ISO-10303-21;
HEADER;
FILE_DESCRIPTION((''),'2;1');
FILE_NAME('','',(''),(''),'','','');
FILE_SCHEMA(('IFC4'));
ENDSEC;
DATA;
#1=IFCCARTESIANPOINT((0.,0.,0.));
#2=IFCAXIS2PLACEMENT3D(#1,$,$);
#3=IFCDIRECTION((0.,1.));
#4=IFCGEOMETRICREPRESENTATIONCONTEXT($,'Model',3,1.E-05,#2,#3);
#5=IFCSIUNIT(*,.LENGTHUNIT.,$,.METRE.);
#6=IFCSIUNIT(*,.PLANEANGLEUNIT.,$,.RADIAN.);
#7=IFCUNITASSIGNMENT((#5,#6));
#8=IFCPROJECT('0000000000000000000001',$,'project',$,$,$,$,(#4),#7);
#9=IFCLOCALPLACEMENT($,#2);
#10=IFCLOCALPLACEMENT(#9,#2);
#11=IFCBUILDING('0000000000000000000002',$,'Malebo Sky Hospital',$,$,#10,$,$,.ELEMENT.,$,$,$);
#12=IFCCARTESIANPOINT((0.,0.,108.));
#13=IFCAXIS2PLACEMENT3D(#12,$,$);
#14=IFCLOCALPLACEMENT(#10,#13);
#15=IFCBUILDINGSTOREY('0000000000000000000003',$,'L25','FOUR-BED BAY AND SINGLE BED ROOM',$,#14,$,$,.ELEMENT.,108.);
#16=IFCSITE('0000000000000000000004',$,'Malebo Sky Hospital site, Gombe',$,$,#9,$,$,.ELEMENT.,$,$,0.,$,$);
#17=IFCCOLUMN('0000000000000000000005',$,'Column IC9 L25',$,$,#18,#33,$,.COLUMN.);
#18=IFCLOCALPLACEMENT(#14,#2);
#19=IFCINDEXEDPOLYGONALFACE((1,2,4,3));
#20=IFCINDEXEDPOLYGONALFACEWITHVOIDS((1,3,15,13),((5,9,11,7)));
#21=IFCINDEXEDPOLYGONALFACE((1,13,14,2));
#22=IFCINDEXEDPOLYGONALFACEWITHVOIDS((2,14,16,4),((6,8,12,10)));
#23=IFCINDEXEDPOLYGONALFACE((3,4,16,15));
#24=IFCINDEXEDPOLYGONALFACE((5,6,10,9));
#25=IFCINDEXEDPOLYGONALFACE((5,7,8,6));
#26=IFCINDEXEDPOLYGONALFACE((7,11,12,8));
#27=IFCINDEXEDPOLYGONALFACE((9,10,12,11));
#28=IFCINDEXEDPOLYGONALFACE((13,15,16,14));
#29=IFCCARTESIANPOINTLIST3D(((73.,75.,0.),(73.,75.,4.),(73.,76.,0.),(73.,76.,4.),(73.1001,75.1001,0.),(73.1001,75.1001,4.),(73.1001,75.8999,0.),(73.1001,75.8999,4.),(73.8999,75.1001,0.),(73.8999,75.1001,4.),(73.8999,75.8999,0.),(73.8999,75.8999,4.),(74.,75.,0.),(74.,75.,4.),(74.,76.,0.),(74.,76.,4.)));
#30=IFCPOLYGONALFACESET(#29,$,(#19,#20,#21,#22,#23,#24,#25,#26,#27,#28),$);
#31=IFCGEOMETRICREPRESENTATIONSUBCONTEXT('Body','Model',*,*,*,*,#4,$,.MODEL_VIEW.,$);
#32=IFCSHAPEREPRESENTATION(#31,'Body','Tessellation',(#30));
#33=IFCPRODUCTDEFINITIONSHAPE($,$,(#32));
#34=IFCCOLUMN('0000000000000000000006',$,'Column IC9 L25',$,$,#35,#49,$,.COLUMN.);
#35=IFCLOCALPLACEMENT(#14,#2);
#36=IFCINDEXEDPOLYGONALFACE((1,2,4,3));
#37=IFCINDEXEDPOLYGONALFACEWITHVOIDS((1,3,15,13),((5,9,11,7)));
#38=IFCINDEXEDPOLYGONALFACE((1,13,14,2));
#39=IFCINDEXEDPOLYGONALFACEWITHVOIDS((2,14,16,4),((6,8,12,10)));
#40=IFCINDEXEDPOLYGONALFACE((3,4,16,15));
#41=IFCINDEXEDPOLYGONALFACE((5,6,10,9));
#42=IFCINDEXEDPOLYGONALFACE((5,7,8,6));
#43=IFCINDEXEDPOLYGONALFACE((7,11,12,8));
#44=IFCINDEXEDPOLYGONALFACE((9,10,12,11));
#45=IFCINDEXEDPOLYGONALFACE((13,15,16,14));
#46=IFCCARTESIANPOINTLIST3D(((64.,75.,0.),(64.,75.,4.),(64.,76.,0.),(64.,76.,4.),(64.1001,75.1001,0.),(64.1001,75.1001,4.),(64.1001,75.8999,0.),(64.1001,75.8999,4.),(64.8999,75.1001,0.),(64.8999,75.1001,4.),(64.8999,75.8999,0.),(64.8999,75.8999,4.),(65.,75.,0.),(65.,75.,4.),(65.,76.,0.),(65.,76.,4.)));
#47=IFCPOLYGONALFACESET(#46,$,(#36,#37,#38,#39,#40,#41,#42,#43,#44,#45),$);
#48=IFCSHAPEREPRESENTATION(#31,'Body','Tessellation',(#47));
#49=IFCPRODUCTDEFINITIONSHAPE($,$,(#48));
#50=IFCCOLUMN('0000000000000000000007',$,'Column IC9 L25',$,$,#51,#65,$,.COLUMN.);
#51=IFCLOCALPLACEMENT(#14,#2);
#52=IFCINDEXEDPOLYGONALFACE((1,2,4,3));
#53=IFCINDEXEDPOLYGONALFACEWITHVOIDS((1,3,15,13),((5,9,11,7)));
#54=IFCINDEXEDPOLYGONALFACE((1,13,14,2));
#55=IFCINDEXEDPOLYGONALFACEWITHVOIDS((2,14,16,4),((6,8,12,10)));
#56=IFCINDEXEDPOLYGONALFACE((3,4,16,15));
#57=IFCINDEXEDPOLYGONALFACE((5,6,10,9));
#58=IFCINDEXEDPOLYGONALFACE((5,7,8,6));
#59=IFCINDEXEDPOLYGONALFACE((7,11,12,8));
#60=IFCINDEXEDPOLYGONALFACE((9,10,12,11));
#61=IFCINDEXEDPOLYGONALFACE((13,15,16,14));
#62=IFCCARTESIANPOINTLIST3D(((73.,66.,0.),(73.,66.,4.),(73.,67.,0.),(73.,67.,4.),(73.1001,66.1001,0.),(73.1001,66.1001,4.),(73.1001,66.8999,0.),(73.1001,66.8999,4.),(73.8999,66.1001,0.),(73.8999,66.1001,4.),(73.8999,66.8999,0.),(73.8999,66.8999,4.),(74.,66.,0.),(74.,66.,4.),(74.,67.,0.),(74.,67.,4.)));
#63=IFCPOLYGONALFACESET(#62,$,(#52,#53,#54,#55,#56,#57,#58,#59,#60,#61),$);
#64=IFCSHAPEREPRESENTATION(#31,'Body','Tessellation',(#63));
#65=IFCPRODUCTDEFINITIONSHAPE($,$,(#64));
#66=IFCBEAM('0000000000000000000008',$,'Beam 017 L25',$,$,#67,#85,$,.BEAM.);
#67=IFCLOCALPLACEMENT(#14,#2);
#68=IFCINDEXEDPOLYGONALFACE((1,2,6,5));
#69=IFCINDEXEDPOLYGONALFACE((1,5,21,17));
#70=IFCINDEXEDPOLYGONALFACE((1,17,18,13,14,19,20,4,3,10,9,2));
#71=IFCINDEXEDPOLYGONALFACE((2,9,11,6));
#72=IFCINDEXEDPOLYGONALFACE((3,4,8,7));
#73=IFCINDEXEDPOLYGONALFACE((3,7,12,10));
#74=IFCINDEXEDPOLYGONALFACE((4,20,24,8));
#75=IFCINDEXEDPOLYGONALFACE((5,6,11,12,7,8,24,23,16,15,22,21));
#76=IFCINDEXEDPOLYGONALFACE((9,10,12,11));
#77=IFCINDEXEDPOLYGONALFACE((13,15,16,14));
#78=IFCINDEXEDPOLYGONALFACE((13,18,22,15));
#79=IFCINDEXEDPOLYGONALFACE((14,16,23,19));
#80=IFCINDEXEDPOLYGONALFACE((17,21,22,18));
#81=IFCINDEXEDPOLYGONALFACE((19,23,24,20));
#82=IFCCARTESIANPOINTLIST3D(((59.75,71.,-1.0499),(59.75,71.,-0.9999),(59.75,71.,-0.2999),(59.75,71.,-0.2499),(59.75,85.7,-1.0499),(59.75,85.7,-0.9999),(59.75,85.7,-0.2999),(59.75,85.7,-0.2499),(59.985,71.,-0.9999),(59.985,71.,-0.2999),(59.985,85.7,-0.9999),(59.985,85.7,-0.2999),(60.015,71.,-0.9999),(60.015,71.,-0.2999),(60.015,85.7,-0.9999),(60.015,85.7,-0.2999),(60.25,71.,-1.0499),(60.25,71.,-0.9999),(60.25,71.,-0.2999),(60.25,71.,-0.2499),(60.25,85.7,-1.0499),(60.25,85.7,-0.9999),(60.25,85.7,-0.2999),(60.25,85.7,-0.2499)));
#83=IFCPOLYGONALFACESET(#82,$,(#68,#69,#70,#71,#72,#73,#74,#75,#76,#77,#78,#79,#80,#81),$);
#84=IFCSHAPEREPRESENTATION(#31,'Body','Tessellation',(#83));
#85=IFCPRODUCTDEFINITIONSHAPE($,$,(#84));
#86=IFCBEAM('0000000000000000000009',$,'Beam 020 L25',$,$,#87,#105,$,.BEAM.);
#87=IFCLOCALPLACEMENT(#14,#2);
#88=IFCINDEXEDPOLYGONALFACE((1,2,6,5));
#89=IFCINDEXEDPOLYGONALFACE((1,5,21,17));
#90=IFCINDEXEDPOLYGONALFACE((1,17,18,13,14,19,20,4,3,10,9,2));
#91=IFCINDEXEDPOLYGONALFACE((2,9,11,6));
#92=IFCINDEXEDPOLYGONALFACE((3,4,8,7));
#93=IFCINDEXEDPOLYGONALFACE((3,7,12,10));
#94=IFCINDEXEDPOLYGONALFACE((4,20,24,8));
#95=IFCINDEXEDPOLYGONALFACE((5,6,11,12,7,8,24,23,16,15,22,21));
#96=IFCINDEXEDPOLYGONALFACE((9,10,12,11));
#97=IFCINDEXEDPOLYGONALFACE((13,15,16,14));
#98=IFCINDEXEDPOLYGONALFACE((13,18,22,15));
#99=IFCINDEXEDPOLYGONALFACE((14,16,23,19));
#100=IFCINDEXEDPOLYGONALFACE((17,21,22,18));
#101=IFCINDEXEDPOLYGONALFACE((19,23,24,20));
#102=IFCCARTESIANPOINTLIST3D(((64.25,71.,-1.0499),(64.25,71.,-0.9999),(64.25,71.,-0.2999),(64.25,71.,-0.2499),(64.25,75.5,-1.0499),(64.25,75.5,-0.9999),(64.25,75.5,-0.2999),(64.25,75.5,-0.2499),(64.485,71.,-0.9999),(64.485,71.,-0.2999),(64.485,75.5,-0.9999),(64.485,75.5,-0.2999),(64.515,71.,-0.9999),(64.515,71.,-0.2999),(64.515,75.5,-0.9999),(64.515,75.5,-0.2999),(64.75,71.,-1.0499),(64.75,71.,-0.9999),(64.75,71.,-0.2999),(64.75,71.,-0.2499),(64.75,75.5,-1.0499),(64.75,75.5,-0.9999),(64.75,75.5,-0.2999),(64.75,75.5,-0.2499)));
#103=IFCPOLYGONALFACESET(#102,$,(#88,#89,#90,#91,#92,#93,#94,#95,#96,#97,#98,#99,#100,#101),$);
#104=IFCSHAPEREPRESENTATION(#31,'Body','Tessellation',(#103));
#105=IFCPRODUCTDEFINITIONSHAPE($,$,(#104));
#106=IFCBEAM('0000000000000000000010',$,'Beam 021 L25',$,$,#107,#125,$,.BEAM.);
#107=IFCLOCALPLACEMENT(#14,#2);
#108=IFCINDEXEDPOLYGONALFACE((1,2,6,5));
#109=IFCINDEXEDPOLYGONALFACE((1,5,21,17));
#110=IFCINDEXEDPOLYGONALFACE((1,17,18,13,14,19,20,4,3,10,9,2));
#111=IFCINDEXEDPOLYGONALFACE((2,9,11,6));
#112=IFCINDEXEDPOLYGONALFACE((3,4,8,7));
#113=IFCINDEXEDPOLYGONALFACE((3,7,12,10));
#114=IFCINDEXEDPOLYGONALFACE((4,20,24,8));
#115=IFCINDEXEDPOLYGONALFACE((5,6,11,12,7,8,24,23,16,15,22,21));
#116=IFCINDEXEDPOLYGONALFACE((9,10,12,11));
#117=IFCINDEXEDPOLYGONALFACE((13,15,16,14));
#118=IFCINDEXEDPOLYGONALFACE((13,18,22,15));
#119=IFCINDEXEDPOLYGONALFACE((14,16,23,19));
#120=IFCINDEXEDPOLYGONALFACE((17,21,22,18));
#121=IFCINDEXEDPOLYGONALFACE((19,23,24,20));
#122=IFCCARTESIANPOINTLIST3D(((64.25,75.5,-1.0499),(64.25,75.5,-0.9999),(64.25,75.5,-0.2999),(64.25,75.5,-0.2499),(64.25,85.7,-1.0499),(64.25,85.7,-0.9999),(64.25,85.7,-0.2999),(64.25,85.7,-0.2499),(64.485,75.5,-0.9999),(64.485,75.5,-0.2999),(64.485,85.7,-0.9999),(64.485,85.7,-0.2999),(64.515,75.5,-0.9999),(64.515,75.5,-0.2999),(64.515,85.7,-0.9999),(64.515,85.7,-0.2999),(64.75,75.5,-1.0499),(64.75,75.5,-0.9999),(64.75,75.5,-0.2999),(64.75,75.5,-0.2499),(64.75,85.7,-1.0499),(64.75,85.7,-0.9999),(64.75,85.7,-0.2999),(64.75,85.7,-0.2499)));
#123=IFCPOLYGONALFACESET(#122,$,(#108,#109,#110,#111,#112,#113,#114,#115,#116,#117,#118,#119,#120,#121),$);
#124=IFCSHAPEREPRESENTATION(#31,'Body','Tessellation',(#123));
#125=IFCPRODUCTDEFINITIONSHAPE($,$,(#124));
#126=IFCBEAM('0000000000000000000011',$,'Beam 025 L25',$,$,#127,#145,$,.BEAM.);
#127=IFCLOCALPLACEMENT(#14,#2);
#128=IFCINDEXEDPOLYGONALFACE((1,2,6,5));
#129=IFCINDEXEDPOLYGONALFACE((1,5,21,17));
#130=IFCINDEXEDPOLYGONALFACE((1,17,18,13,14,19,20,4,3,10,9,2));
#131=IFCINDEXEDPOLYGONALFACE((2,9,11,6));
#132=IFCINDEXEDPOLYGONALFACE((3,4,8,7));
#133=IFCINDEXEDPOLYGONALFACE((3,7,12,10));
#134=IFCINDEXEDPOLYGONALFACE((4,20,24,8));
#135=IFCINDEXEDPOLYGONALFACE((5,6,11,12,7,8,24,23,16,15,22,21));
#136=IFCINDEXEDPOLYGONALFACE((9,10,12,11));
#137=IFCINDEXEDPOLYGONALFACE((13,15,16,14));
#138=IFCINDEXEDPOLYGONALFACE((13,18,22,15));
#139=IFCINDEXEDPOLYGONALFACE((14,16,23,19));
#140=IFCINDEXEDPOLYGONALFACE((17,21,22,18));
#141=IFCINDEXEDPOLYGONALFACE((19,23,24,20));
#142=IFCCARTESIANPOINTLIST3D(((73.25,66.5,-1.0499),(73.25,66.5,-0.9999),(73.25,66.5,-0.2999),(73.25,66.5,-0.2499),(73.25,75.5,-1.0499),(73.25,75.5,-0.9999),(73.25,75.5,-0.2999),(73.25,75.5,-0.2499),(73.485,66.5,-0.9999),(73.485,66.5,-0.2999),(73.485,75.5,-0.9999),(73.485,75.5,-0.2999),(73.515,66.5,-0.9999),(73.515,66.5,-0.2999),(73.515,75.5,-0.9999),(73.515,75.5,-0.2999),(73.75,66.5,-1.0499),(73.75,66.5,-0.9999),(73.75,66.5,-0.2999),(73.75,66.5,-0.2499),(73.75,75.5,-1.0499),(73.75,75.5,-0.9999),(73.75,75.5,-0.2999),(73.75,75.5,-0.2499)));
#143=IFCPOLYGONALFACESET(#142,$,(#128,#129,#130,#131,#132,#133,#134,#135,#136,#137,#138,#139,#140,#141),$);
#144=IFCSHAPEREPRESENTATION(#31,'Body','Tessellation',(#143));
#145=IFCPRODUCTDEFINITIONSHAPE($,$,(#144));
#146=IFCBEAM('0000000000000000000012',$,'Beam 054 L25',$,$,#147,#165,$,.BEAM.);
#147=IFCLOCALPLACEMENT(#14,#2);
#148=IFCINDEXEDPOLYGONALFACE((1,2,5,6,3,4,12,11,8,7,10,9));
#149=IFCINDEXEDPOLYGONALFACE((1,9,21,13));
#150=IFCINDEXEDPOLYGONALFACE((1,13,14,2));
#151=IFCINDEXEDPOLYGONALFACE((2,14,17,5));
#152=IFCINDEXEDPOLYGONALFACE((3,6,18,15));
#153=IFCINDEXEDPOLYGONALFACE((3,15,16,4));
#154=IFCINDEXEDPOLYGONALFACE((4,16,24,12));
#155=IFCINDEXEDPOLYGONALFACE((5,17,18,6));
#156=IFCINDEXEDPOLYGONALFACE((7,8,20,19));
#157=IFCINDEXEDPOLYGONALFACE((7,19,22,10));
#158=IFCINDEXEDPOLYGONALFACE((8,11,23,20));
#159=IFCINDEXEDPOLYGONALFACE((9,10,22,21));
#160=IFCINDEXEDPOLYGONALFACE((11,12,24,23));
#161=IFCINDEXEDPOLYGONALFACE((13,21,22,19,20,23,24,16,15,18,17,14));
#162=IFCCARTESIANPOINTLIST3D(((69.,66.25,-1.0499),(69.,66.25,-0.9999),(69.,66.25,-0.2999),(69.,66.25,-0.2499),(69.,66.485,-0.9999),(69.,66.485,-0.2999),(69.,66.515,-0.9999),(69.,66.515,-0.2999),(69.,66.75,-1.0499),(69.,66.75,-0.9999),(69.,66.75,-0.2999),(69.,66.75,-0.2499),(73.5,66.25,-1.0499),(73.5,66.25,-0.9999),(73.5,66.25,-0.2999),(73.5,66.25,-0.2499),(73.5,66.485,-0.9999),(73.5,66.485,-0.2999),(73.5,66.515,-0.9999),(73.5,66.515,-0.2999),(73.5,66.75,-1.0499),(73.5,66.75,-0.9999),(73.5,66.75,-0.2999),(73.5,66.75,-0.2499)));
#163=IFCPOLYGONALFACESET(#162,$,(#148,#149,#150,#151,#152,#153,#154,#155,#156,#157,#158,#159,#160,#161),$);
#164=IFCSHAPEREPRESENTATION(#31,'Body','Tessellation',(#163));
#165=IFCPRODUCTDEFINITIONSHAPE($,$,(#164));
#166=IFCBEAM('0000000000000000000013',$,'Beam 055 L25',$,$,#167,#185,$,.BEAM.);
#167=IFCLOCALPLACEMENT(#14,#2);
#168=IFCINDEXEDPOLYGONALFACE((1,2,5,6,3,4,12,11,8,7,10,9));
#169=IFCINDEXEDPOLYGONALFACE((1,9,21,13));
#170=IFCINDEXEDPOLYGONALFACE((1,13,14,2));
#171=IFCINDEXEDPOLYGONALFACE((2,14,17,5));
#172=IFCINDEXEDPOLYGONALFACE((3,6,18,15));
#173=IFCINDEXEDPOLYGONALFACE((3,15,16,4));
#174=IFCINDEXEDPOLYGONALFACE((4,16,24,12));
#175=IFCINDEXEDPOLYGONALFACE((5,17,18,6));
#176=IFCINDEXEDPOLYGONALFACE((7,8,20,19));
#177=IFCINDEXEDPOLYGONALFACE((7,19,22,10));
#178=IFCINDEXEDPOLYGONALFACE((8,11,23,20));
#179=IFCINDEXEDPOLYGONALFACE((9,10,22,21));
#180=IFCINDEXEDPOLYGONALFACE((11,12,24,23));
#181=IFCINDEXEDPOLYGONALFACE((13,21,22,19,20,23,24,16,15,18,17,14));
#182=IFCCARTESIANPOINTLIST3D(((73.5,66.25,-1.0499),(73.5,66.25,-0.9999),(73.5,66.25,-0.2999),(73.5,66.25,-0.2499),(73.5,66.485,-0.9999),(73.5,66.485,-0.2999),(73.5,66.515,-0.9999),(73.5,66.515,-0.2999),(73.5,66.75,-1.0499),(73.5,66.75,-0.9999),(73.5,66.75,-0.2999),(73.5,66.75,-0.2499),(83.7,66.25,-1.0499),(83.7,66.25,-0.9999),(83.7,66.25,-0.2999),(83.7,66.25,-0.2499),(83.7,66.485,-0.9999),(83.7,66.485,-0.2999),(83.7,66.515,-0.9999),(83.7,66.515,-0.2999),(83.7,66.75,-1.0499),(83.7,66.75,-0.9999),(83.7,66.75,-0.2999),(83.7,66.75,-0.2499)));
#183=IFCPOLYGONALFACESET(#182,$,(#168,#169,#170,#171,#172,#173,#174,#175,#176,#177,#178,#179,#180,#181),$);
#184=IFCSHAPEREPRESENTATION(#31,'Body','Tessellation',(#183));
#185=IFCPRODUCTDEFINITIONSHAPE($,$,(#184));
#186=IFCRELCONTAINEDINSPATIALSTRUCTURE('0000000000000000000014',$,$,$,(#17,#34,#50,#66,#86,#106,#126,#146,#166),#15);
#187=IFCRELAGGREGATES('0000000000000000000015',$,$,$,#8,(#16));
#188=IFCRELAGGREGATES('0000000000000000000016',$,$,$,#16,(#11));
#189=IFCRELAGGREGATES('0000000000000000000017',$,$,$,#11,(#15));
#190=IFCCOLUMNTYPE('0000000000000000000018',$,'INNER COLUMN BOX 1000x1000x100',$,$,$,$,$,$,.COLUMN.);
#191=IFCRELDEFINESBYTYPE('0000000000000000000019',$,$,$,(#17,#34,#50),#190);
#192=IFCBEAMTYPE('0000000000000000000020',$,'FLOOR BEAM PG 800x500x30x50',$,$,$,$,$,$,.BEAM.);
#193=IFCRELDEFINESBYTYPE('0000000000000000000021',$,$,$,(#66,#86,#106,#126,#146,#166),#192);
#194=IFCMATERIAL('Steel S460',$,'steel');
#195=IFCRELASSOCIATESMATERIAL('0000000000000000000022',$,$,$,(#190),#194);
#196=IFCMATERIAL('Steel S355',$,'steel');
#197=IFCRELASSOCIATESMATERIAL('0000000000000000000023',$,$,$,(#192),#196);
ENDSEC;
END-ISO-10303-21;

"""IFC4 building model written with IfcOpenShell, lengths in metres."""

from ifc_helpers import new_model, si_unit, direction, frame, origin, origin_2d, place, context, subcontext, project, spatial, hollow_rectangle, i_section, extrude, material, material_profile, profile_set, type_object, element, save


model = new_model("IFC4")

# Units and contexts
model_context = context("Model", 3, precision=1e-05, world=origin(), true_north=direction((0.0, 1.0)))
body_context = subcontext(model_context, "Body", "Model", "MODEL_VIEW")
ifc_project = project(units=[si_unit("LENGTHUNIT", "METRE"), si_unit("PLANEANGLEUNIT", "RADIAN")], contexts=[model_context])

# Site, building, storey
site_placement = place(None, origin())
site = spatial("IfcSite", under=ifc_project, at=site_placement, Name="Malebo Sky Hospital site, Gombe", CompositionType="ELEMENT", RefElevation=0.0)
building_placement = place(site_placement, origin())
building = spatial("IfcBuilding", under=site, at=building_placement, Name="Malebo Sky Hospital", CompositionType="ELEMENT")
storey_placement = place(building_placement, frame((0.0, 0.0, 108.0)))
storey = spatial("IfcBuildingStorey", under=building, at=storey_placement, Name="L25", Description="FOUR-BED BAY AND SINGLE BED ROOM", CompositionType="ELEMENT", Elevation=108.0)

# Columns
ifc_material_1 = material(Name="Steel S460", Category="steel")
ifc_material_profile_1 = material_profile(ifc_material_1, hollow_rectangle(XDim=1.0, YDim=1.0, WallThickness=0.1001, at=origin_2d()), Name="BOX 1000x1000x100")
ifc_profile_set_1 = profile_set([ifc_material_profile_1], Name="Steel S460")
column_type = type_object("IfcColumnType", Name="INNER COLUMN BOX 1000x1000x100", PredefinedType="COLUMN", material=ifc_profile_set_1)
for number, where, z_axis, x_axis, name in (
    (1, (73.5, 75.5, 0.0), (0.0, 0.0, 1.0), (1.0, 0.0, 0.0), "Column IC9 L25"),
    (2, (64.5, 75.5, 0.0), (0.0, 0.0, 1.0), (1.0, 0.0, 0.0), "Column IC9 L25"),
    (3, (73.5, 66.5, 0.0), (0.0, 0.0, 1.0), (1.0, 0.0, 0.0), "Column IC9 L25"),
):
    element("IfcColumn", number, at=place(storey_placement, frame(where, z_axis=z_axis, x_axis=x_axis)), inside=storey, type_object=column_type, Name=name, PredefinedType="COLUMN", context=body_context, shape_type="SweptSolid", body=[
        extrude(hollow_rectangle(XDim=1.0, YDim=1.0, WallThickness=0.1001, at=origin_2d()), origin(), (0.0, 0.0, 1.0), 4.0),
    ])

# Beams
ifc_material_2 = material(Name="Steel S355", Category="steel")
ifc_material_profile_2 = material_profile(ifc_material_2, i_section(OverallWidth=0.5, OverallDepth=0.8, WebThickness=0.03, FlangeThickness=0.05, at=origin_2d()), Name="PG 800x500x30x50")
ifc_profile_set_2 = profile_set([ifc_material_profile_2], Name="Steel S355")
beam_type_1 = type_object("IfcBeamType", Name="FLOOR BEAM PG 800x500x30x50", PredefinedType="BEAM", material=ifc_profile_set_2)
beam_1_placement = place(storey_placement, frame((60.0, 71.0, -0.6499), z_axis=(0.0, 1.0, 0.0), x_axis=(-1.0, 0.0, 0.0)))
element("IfcBeam", 4, at=beam_1_placement, inside=storey, type_object=beam_type_1, Name="Beam 017 L25", PredefinedType="BEAM", context=body_context, shape_type="SweptSolid", body=[
    extrude(i_section(OverallWidth=0.5, OverallDepth=0.8, WebThickness=0.03, FlangeThickness=0.05, at=origin_2d()), origin(), (0.0, 0.0, 1.0), 14.7),
])
beam_2_placement = place(storey_placement, frame((64.5, 71.0, -0.6499), z_axis=(0.0, 1.0, 0.0), x_axis=(-1.0, 0.0, 0.0)))
element("IfcBeam", 5, at=beam_2_placement, inside=storey, type_object=beam_type_1, Name="Beam 020 L25", PredefinedType="BEAM", context=body_context, shape_type="SweptSolid", body=[
    extrude(i_section(OverallWidth=0.5, OverallDepth=0.8, WebThickness=0.03, FlangeThickness=0.05, at=origin_2d()), origin(), (0.0, 0.0, 1.0), 4.5),
])
beam_3_placement = place(storey_placement, frame((64.5, 75.5, -0.6499), z_axis=(0.0, 1.0, 0.0), x_axis=(-1.0, 0.0, 0.0)))
element("IfcBeam", 6, at=beam_3_placement, inside=storey, type_object=beam_type_1, Name="Beam 021 L25", PredefinedType="BEAM", context=body_context, shape_type="SweptSolid", body=[
    extrude(i_section(OverallWidth=0.5, OverallDepth=0.8, WebThickness=0.03, FlangeThickness=0.05, at=origin_2d()), origin(), (0.0, 0.0, 1.0), 10.2),
])
beam_4_placement = place(storey_placement, frame((73.5, 66.5, -0.6499), z_axis=(0.0, 1.0, 0.0), x_axis=(-1.0, 0.0, 0.0)))
element("IfcBeam", 7, at=beam_4_placement, inside=storey, type_object=beam_type_1, Name="Beam 025 L25", PredefinedType="BEAM", context=body_context, shape_type="SweptSolid", body=[
    extrude(i_section(OverallWidth=0.5, OverallDepth=0.8, WebThickness=0.03, FlangeThickness=0.05, at=origin_2d()), origin(), (0.0, 0.0, 1.0), 9.0),
])
beam_5_placement = place(storey_placement, frame((69.0, 66.5, -0.6499), z_axis=(1.0, 0.0, 0.0), x_axis=(0.0, 1.0, 0.0)))
element("IfcBeam", 8, at=beam_5_placement, inside=storey, type_object=beam_type_1, Name="Beam 054 L25", PredefinedType="BEAM", context=body_context, shape_type="SweptSolid", body=[
    extrude(i_section(OverallWidth=0.5, OverallDepth=0.8, WebThickness=0.03, FlangeThickness=0.05, at=origin_2d()), origin(), (0.0, 0.0, 1.0), 4.5),
])
beam_6_placement = place(storey_placement, frame((73.5, 66.5, -0.6499), z_axis=(1.0, 0.0, 0.0), x_axis=(0.0, 1.0, 0.0)))
element("IfcBeam", 9, at=beam_6_placement, inside=storey, type_object=beam_type_1, Name="Beam 055 L25", PredefinedType="BEAM", context=body_context, shape_type="SweptSolid", body=[
    extrude(i_section(OverallWidth=0.5, OverallDepth=0.8, WebThickness=0.03, FlangeThickness=0.05, at=origin_2d()), origin(), (0.0, 0.0, 1.0), 10.2),
])

save(model, "model.ifc")
